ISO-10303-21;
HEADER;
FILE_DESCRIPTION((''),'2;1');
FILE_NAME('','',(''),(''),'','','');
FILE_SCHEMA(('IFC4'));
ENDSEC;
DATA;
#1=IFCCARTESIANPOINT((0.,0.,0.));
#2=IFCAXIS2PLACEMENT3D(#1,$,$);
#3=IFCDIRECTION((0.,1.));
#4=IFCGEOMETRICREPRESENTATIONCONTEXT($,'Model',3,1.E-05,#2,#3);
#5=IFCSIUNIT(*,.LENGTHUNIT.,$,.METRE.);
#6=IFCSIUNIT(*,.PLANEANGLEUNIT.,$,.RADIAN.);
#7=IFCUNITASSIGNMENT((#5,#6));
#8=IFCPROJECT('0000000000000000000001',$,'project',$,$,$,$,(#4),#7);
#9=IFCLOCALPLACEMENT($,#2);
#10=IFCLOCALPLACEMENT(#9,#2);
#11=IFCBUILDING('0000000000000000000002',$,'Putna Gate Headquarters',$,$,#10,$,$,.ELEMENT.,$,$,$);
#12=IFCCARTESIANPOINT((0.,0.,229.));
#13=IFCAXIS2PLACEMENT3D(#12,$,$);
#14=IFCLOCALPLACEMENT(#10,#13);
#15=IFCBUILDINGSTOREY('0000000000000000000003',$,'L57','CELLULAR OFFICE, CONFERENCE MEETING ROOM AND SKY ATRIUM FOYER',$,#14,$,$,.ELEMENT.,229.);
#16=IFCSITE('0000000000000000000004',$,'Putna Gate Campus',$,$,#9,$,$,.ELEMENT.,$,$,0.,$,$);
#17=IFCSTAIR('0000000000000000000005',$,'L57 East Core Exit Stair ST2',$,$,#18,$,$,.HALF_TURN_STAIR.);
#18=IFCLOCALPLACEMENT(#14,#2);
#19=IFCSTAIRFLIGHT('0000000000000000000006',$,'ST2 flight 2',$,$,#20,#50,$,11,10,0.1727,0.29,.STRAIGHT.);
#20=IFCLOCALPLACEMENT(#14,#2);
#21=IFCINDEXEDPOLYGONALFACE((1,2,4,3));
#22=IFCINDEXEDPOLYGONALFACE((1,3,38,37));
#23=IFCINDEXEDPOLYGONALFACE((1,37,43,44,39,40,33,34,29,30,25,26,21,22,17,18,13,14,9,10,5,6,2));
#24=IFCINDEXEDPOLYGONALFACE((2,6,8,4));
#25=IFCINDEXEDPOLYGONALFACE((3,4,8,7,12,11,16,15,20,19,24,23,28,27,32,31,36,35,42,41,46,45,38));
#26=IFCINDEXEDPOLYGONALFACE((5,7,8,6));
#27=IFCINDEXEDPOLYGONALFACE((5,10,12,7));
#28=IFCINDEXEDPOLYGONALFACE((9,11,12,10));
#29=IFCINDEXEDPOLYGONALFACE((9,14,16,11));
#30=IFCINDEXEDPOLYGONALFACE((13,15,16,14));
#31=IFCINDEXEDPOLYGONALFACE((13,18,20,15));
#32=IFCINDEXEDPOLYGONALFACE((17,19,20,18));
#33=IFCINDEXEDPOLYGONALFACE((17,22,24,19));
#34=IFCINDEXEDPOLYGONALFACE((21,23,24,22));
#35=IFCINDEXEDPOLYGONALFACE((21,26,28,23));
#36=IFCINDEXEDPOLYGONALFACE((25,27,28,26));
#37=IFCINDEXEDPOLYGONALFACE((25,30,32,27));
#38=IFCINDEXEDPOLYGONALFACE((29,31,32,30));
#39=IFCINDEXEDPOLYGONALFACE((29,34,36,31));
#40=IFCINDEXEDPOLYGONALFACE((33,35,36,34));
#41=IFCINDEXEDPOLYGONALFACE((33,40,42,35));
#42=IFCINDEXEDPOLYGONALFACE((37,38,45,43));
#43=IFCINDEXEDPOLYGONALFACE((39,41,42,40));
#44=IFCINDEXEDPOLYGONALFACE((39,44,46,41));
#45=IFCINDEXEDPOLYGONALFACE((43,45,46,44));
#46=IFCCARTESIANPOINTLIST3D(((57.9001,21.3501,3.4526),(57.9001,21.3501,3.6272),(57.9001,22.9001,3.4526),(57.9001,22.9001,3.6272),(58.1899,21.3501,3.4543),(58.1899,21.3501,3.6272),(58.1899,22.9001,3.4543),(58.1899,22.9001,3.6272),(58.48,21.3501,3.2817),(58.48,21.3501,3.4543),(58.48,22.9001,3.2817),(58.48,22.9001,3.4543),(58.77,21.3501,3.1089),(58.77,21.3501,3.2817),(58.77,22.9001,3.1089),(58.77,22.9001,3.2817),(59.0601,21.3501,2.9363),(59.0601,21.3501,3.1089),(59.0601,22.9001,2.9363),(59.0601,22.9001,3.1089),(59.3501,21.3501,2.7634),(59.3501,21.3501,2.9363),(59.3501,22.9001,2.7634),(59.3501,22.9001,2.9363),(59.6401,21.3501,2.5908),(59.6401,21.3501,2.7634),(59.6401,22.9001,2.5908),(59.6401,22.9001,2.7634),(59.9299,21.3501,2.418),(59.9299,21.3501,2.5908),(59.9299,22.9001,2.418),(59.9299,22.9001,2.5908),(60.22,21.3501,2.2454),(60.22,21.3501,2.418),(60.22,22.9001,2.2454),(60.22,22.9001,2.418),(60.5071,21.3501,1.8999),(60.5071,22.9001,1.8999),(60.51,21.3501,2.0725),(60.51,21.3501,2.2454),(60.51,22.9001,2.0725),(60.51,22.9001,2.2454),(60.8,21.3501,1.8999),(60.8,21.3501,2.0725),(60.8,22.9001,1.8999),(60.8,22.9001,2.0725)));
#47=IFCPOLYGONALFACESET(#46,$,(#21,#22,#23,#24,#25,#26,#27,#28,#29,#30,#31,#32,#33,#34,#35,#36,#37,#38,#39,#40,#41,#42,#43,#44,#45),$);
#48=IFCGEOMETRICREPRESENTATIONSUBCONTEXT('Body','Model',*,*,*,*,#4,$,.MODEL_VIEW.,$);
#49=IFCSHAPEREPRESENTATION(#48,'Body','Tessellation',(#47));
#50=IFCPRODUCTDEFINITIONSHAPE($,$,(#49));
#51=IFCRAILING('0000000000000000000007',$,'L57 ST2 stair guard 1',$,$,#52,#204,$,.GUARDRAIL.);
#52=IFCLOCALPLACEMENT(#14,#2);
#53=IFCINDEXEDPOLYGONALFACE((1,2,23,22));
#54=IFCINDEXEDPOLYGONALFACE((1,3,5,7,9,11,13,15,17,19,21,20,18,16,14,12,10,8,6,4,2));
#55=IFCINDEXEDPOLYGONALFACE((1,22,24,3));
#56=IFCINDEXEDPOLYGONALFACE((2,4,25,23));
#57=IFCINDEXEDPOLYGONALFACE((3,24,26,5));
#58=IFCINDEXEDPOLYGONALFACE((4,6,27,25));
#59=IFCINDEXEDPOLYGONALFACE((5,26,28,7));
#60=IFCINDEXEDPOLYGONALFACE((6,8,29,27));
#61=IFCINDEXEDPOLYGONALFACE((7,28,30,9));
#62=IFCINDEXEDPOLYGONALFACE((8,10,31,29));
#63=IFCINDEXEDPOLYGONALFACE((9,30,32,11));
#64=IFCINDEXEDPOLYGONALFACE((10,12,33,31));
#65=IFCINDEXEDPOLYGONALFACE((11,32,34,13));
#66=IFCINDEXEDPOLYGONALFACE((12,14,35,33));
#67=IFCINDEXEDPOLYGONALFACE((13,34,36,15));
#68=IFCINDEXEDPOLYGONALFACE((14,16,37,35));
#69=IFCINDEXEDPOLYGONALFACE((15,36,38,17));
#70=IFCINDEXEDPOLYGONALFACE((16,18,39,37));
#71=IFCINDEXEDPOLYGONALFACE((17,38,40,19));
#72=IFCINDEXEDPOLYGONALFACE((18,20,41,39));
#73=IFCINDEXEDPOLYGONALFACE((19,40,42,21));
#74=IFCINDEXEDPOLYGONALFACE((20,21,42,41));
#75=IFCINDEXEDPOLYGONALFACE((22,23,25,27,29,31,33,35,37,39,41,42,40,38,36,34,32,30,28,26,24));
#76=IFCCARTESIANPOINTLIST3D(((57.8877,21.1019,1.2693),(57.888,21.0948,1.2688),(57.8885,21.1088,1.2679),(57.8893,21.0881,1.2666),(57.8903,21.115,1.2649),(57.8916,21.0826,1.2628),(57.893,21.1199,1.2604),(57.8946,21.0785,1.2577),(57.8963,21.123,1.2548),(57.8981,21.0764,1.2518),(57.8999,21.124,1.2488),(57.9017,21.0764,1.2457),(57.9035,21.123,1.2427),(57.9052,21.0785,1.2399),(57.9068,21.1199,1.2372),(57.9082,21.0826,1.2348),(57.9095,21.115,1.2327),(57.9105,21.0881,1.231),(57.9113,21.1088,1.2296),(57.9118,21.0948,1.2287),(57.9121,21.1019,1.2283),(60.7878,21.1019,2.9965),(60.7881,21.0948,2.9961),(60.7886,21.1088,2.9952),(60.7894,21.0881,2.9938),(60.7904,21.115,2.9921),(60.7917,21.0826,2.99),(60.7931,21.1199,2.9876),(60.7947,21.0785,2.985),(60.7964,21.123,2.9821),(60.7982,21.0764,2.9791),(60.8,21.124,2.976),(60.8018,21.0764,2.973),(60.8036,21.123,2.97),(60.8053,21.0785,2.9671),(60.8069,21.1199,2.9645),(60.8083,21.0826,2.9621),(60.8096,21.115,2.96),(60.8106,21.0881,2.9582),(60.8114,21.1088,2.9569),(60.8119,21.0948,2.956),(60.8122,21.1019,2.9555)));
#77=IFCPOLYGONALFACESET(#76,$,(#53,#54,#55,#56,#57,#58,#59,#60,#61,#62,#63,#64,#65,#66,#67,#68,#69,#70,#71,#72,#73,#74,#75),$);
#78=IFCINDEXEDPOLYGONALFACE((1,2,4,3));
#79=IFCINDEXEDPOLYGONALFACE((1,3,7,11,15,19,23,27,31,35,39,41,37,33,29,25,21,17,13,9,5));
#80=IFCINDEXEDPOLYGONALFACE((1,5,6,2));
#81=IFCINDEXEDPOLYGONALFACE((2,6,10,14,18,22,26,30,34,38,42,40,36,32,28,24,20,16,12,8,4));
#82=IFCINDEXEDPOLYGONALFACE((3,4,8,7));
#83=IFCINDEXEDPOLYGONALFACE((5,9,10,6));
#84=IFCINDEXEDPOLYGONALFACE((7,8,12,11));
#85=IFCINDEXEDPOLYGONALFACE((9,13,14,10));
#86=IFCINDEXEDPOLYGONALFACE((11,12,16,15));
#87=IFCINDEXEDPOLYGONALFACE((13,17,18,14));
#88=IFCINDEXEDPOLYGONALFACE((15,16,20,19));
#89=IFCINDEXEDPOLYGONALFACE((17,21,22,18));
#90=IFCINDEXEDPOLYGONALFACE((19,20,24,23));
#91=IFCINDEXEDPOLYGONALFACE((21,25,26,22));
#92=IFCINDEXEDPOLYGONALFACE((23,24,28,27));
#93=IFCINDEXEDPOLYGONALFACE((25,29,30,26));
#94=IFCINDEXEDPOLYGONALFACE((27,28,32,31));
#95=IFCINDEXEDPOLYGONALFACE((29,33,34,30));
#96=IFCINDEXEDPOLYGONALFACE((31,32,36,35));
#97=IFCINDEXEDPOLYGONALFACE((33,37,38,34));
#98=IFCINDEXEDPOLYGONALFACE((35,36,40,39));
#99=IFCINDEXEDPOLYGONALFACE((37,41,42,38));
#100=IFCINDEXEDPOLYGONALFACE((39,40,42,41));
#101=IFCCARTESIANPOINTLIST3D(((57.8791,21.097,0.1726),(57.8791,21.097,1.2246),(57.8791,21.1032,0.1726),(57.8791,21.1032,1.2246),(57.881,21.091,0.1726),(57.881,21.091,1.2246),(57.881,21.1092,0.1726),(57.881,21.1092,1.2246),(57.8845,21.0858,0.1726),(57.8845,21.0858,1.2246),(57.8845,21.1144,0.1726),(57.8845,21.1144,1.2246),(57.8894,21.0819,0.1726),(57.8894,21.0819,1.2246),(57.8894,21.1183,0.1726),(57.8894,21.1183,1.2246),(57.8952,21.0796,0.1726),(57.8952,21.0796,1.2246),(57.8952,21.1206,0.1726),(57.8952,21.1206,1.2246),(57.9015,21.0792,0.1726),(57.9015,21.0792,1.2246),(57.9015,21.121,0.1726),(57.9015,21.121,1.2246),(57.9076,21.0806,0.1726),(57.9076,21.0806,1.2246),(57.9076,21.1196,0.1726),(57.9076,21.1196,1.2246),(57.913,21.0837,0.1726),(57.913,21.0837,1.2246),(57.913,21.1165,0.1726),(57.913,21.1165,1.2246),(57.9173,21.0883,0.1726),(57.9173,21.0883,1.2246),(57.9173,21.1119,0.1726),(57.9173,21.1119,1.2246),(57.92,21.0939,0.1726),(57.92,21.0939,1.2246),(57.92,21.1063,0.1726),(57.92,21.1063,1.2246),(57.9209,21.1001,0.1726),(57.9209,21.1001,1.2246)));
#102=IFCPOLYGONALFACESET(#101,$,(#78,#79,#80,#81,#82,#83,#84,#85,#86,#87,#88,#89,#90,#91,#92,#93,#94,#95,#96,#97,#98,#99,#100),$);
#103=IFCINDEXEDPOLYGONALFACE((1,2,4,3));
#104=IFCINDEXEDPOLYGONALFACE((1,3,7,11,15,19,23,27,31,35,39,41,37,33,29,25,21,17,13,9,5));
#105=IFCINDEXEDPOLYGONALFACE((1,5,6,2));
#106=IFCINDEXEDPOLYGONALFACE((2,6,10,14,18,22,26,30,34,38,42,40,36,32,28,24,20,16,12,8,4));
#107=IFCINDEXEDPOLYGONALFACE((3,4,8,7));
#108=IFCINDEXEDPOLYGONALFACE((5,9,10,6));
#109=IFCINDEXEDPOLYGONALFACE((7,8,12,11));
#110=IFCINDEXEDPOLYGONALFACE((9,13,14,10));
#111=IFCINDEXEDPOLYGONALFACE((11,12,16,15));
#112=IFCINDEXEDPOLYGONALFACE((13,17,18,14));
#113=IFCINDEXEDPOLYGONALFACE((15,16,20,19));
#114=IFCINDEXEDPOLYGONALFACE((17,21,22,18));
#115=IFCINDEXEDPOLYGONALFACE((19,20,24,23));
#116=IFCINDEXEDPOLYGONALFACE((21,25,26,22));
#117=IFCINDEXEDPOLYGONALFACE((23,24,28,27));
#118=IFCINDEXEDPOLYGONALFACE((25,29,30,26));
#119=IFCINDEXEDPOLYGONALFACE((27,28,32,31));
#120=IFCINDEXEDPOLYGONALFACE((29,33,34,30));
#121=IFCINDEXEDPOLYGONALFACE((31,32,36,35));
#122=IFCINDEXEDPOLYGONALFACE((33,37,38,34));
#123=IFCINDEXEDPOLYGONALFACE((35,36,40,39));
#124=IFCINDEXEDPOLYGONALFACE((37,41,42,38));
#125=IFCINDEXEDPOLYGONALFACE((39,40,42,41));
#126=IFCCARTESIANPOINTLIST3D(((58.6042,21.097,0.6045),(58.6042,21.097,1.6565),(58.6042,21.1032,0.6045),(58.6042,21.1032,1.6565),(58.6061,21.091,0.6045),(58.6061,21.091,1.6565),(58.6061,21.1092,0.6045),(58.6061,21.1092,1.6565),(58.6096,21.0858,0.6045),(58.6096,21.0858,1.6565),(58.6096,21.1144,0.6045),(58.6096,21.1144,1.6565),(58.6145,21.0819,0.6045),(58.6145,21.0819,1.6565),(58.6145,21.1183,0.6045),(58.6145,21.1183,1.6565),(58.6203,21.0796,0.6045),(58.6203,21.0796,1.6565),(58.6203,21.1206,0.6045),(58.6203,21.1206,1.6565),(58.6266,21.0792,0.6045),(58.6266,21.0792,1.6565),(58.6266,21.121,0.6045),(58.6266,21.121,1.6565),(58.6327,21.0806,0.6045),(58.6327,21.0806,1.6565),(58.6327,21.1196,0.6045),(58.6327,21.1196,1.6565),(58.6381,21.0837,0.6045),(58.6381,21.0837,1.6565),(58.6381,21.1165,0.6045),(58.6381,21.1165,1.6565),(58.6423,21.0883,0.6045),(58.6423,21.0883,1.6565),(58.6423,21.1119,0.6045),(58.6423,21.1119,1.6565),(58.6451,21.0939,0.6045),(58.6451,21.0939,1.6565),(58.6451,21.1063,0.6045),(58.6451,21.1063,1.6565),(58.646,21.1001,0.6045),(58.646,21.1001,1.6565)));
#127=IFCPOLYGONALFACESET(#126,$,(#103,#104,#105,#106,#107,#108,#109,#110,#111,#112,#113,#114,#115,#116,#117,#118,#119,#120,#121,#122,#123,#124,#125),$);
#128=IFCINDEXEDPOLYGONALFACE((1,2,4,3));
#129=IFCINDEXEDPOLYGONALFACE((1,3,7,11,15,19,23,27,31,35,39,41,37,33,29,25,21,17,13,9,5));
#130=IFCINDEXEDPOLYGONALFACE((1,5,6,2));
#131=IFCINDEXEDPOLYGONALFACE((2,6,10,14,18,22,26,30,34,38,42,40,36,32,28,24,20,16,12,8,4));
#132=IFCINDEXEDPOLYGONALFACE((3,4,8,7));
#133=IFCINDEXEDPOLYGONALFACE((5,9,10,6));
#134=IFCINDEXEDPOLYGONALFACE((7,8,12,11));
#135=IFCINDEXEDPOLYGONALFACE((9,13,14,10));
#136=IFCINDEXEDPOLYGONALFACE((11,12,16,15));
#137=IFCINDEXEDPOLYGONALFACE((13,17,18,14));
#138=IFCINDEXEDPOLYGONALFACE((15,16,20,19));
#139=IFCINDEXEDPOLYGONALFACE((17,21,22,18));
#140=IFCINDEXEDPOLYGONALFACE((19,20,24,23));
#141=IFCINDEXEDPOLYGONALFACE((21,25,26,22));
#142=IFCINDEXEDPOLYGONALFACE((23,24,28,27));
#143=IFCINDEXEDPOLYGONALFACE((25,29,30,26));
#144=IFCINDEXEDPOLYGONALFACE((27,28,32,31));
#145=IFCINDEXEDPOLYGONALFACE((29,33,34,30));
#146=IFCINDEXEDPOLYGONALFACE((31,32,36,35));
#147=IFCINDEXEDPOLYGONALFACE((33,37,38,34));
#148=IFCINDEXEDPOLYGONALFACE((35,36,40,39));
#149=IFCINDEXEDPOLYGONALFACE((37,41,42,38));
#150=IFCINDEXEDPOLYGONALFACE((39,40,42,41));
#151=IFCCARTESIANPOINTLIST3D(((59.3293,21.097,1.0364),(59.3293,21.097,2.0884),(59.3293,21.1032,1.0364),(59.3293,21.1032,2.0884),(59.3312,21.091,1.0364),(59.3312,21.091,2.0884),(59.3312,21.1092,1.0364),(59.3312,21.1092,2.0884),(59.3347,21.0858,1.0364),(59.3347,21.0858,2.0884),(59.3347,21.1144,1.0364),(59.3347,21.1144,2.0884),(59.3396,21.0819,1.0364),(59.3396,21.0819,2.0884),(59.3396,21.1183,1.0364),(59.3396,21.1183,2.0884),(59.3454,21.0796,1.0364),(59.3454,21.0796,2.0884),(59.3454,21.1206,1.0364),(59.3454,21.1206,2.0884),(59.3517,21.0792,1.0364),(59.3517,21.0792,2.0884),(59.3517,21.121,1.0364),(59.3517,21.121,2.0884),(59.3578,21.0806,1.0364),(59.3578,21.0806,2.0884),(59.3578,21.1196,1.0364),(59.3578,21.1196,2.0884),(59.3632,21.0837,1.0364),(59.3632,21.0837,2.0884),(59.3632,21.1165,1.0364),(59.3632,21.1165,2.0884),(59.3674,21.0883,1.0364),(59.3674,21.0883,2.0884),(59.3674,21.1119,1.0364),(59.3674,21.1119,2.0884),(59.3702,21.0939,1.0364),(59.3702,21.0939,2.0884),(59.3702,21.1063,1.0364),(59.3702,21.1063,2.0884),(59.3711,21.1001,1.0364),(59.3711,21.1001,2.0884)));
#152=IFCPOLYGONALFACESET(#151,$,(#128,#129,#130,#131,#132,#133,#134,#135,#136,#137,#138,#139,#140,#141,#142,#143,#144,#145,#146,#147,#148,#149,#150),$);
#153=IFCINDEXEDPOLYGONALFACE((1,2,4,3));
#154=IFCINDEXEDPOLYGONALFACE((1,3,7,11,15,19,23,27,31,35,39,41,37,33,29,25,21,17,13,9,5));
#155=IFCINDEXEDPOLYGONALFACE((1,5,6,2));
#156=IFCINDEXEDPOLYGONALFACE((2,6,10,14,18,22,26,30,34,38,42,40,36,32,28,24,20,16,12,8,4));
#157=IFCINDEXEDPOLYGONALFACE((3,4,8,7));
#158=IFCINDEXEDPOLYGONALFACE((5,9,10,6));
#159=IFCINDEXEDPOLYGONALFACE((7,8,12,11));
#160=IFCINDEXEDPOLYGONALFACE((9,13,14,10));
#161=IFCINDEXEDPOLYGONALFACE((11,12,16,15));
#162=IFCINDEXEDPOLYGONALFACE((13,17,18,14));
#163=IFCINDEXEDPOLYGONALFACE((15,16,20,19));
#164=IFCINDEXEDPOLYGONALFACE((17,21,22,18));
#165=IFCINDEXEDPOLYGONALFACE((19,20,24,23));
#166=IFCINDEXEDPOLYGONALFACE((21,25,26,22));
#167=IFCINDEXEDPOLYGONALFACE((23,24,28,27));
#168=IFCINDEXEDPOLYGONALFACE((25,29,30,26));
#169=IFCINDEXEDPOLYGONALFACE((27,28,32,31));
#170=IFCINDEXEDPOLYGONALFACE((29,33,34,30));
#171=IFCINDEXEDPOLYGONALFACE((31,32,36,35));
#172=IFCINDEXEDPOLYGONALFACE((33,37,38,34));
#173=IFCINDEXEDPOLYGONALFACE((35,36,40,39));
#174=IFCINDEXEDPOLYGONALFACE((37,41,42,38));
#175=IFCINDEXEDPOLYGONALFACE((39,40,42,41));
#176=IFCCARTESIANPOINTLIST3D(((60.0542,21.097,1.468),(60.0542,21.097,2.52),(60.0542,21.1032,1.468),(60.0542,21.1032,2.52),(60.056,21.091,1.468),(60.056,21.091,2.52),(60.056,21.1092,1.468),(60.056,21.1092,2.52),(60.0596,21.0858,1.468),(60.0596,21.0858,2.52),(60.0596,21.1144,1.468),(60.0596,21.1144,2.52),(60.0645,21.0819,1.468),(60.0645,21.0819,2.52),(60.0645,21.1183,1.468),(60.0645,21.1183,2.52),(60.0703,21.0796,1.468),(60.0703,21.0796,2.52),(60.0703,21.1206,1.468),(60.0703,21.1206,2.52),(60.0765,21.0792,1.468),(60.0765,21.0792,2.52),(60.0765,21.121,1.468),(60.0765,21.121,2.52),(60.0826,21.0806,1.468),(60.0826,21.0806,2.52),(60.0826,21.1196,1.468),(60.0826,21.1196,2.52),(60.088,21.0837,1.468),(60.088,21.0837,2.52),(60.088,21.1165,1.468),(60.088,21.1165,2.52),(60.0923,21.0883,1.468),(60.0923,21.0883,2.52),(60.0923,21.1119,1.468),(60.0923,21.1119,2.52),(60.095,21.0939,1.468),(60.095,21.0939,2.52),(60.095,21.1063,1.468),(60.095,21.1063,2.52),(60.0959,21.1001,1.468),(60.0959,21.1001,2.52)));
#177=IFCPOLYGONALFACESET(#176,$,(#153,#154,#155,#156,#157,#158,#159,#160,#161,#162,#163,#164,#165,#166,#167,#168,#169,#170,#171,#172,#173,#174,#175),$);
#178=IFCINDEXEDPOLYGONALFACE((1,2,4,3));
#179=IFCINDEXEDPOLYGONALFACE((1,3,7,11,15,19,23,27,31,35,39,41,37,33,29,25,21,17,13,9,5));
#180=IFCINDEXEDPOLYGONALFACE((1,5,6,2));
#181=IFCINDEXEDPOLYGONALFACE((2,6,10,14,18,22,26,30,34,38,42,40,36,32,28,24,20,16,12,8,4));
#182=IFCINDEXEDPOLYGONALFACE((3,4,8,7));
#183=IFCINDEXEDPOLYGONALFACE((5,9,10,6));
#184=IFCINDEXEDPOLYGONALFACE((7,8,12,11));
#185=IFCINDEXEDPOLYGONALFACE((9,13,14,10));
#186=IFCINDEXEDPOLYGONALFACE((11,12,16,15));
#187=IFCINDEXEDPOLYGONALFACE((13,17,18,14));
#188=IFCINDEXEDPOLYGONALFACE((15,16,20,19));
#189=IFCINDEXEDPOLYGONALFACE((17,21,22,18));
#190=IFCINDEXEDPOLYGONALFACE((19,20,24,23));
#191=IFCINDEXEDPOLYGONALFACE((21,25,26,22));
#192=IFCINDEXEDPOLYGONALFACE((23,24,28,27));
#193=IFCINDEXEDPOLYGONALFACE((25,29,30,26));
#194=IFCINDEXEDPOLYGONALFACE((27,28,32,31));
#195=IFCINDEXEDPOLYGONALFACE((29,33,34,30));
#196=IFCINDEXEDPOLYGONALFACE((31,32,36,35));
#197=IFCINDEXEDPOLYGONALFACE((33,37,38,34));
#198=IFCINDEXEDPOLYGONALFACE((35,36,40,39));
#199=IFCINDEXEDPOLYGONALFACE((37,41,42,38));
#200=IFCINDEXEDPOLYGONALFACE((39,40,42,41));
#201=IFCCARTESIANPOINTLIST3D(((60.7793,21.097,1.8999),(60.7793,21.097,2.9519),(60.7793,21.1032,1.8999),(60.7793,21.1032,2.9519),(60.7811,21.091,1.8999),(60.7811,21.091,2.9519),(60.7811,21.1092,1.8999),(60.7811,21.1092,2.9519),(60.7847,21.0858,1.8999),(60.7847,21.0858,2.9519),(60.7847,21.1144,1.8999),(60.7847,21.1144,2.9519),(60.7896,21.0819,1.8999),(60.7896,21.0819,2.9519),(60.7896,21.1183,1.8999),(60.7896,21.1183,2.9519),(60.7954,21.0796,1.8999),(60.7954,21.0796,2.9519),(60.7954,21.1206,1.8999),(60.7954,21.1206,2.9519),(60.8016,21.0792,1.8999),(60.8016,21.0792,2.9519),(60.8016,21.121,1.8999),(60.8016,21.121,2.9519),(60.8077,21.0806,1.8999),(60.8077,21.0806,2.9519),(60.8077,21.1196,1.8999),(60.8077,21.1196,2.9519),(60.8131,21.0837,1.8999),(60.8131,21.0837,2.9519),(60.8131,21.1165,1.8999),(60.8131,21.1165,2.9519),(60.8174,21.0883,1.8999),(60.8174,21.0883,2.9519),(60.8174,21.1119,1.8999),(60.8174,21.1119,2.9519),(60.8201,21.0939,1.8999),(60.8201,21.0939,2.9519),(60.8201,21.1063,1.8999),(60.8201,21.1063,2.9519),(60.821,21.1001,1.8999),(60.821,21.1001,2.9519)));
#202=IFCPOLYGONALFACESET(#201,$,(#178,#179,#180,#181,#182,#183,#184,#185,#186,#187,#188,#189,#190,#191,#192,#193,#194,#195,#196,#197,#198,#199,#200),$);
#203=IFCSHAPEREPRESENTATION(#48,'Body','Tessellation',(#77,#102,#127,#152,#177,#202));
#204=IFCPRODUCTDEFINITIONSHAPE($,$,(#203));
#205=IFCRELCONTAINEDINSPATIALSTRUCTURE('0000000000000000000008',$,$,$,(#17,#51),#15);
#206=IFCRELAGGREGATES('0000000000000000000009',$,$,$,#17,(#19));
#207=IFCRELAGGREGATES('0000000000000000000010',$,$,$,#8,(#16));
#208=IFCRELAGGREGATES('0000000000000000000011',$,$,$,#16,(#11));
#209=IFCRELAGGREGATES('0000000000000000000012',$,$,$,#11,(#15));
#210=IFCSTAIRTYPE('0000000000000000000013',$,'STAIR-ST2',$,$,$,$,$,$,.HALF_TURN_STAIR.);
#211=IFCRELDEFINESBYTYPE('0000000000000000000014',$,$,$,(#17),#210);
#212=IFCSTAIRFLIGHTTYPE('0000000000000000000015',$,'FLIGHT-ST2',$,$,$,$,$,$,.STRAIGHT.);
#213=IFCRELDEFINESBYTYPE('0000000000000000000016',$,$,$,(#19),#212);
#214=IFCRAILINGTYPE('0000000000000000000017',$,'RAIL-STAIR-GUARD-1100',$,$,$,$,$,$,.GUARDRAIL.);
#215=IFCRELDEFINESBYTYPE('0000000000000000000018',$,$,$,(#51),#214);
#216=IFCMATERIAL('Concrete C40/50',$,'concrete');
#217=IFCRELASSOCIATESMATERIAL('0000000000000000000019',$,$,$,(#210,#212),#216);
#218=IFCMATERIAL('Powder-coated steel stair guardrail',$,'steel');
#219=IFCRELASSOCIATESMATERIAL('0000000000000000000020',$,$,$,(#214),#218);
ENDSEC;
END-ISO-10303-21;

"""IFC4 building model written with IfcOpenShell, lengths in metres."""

from ifc_helpers import new_model, si_unit, direction, frame, origin, origin_2d, place, context, subcontext, project, spatial, polyline, circle, outline, extrude, material, type_object, element, aggregate, save


model = new_model("IFC4")

# Units and contexts
model_context = context("Model", 3, precision=1e-05, world=origin(), true_north=direction((0.0, 1.0)))
body_context = subcontext(model_context, "Body", "Model", "MODEL_VIEW")
ifc_project = project(units=[si_unit("LENGTHUNIT", "METRE"), si_unit("PLANEANGLEUNIT", "RADIAN")], contexts=[model_context])

# Site, building, storey
site_placement = place(None, origin())
site = spatial("IfcSite", under=ifc_project, at=site_placement, Name="Putna Gate Campus", CompositionType="ELEMENT", RefElevation=0.0)
building_placement = place(site_placement, origin())
building = spatial("IfcBuilding", under=site, at=building_placement, Name="Putna Gate Headquarters", CompositionType="ELEMENT")
storey_placement = place(building_placement, frame((0.0, 0.0, 229.0)))
storey = spatial("IfcBuildingStorey", under=building, at=storey_placement, Name="L57", Description="CELLULAR OFFICE, CONFERENCE MEETING ROOM AND SKY ATRIUM FOYER", CompositionType="ELEMENT", Elevation=229.0)

# Shared definitions
ifc_material_1 = material(Name="Concrete C40/50", Category="concrete")

# Stair, stair flight
stair_type = type_object("IfcStairType", Name="STAIR-ST2", PredefinedType="HALF_TURN_STAIR", material=ifc_material_1)
stair_placement = place(storey_placement, origin())
stair = element("IfcStair", 1, at=stair_placement, inside=storey, type_object=stair_type, Name="L57 East Core Exit Stair ST2", PredefinedType="HALF_TURN_STAIR")
stair_flight_type = type_object("IfcStairFlightType", Name="FLIGHT-ST2", PredefinedType="STRAIGHT", material=ifc_material_1)
stair_flight_1_placement = place(storey_placement, frame((60.8, 22.125, 1.8999), z_axis=(0.0, 0.0, 1.0), x_axis=(-1.0, 0.0, 0.0)))
stair_flight_1 = element("IfcStairFlight", 2, at=stair_flight_1_placement, type_object=stair_flight_type, Name="ST2 flight 2", NumberOfRisers=11, NumberOfTreads=10, PredefinedType="STRAIGHT", RiserHeight=0.1727, TreadLength=0.29, context=body_context, shape_type="SweptSolid", body=[
    extrude(outline(polyline([(0.0, 0.0), (0.0, 0.1726), (0.29, 0.1726), (0.29, 0.3455), (0.5801, 0.3455), (0.5801, 0.5181), (0.8701, 0.5181), (0.8701, 0.6909), (1.1599, 0.6909), (1.1599, 0.8635), (1.45, 0.8635), (1.45, 1.0364), (1.74, 1.0364), (1.74, 1.209), (2.03, 1.209), (2.03, 1.3818), (2.3201, 1.3818), (2.3201, 1.5544), (2.6101, 1.5544), (2.6101, 1.7273), (2.8999, 1.7273), (2.8999, 1.8999), (2.8999, 1.5527), (0.293, 0.0), (0.0, 0.0)])), frame((0.0, 0.7749, 0.0), z_axis=(0.0, -1.0, 0.0), x_axis=(1.0, 0.0, 0.0)), (0.0, 0.0, 1.0), 1.55),
])
aggregate(stair, [stair_flight_1])

# Railing
ifc_material_2 = material(Name="Powder-coated steel stair guardrail", Category="steel")
railing_type_1 = type_object("IfcRailingType", Name="RAIL-STAIR-GUARD-1100", PredefinedType="GUARDRAIL", material=ifc_material_2)
railing_1_placement = place(storey_placement, frame((57.8999, 21.1001, 0.1726)))
element("IfcRailing", 3, at=railing_1_placement, inside=storey, type_object=railing_type_1, Name="L57 ST2 stair guard 1", PredefinedType="GUARDRAIL", context=body_context, shape_type="SweptSolid", body=[
    extrude(circle(Radius=0.0239, at=origin_2d()), frame((0.0, 0.0, 1.0762), z_axis=(0.85916, 0.0, 0.511706), x_axis=(0.0, 1.0, 0.0)), (0.0, 0.0, 1.0), 3.3755),
    extrude(circle(Radius=0.021, at=origin_2d()), origin(), (0.0, 0.0, 1.0), 1.052),
    extrude(circle(Radius=0.021, at=origin_2d()), frame((0.7251, 0.0, 0.4319)), (0.0, 0.0, 1.0), 1.052),
    extrude(circle(Radius=0.021, at=origin_2d()), frame((1.4502, 0.0, 0.8638)), (0.0, 0.0, 1.0), 1.052),
    extrude(circle(Radius=0.021, at=origin_2d()), frame((2.175, 0.0, 1.2954)), (0.0, 0.0, 1.0), 1.052),
    extrude(circle(Radius=0.021, at=origin_2d()), frame((2.9001, 0.0, 1.7273)), (0.0, 0.0, 1.0), 1.052),
])

save(model, "model.ifc")
